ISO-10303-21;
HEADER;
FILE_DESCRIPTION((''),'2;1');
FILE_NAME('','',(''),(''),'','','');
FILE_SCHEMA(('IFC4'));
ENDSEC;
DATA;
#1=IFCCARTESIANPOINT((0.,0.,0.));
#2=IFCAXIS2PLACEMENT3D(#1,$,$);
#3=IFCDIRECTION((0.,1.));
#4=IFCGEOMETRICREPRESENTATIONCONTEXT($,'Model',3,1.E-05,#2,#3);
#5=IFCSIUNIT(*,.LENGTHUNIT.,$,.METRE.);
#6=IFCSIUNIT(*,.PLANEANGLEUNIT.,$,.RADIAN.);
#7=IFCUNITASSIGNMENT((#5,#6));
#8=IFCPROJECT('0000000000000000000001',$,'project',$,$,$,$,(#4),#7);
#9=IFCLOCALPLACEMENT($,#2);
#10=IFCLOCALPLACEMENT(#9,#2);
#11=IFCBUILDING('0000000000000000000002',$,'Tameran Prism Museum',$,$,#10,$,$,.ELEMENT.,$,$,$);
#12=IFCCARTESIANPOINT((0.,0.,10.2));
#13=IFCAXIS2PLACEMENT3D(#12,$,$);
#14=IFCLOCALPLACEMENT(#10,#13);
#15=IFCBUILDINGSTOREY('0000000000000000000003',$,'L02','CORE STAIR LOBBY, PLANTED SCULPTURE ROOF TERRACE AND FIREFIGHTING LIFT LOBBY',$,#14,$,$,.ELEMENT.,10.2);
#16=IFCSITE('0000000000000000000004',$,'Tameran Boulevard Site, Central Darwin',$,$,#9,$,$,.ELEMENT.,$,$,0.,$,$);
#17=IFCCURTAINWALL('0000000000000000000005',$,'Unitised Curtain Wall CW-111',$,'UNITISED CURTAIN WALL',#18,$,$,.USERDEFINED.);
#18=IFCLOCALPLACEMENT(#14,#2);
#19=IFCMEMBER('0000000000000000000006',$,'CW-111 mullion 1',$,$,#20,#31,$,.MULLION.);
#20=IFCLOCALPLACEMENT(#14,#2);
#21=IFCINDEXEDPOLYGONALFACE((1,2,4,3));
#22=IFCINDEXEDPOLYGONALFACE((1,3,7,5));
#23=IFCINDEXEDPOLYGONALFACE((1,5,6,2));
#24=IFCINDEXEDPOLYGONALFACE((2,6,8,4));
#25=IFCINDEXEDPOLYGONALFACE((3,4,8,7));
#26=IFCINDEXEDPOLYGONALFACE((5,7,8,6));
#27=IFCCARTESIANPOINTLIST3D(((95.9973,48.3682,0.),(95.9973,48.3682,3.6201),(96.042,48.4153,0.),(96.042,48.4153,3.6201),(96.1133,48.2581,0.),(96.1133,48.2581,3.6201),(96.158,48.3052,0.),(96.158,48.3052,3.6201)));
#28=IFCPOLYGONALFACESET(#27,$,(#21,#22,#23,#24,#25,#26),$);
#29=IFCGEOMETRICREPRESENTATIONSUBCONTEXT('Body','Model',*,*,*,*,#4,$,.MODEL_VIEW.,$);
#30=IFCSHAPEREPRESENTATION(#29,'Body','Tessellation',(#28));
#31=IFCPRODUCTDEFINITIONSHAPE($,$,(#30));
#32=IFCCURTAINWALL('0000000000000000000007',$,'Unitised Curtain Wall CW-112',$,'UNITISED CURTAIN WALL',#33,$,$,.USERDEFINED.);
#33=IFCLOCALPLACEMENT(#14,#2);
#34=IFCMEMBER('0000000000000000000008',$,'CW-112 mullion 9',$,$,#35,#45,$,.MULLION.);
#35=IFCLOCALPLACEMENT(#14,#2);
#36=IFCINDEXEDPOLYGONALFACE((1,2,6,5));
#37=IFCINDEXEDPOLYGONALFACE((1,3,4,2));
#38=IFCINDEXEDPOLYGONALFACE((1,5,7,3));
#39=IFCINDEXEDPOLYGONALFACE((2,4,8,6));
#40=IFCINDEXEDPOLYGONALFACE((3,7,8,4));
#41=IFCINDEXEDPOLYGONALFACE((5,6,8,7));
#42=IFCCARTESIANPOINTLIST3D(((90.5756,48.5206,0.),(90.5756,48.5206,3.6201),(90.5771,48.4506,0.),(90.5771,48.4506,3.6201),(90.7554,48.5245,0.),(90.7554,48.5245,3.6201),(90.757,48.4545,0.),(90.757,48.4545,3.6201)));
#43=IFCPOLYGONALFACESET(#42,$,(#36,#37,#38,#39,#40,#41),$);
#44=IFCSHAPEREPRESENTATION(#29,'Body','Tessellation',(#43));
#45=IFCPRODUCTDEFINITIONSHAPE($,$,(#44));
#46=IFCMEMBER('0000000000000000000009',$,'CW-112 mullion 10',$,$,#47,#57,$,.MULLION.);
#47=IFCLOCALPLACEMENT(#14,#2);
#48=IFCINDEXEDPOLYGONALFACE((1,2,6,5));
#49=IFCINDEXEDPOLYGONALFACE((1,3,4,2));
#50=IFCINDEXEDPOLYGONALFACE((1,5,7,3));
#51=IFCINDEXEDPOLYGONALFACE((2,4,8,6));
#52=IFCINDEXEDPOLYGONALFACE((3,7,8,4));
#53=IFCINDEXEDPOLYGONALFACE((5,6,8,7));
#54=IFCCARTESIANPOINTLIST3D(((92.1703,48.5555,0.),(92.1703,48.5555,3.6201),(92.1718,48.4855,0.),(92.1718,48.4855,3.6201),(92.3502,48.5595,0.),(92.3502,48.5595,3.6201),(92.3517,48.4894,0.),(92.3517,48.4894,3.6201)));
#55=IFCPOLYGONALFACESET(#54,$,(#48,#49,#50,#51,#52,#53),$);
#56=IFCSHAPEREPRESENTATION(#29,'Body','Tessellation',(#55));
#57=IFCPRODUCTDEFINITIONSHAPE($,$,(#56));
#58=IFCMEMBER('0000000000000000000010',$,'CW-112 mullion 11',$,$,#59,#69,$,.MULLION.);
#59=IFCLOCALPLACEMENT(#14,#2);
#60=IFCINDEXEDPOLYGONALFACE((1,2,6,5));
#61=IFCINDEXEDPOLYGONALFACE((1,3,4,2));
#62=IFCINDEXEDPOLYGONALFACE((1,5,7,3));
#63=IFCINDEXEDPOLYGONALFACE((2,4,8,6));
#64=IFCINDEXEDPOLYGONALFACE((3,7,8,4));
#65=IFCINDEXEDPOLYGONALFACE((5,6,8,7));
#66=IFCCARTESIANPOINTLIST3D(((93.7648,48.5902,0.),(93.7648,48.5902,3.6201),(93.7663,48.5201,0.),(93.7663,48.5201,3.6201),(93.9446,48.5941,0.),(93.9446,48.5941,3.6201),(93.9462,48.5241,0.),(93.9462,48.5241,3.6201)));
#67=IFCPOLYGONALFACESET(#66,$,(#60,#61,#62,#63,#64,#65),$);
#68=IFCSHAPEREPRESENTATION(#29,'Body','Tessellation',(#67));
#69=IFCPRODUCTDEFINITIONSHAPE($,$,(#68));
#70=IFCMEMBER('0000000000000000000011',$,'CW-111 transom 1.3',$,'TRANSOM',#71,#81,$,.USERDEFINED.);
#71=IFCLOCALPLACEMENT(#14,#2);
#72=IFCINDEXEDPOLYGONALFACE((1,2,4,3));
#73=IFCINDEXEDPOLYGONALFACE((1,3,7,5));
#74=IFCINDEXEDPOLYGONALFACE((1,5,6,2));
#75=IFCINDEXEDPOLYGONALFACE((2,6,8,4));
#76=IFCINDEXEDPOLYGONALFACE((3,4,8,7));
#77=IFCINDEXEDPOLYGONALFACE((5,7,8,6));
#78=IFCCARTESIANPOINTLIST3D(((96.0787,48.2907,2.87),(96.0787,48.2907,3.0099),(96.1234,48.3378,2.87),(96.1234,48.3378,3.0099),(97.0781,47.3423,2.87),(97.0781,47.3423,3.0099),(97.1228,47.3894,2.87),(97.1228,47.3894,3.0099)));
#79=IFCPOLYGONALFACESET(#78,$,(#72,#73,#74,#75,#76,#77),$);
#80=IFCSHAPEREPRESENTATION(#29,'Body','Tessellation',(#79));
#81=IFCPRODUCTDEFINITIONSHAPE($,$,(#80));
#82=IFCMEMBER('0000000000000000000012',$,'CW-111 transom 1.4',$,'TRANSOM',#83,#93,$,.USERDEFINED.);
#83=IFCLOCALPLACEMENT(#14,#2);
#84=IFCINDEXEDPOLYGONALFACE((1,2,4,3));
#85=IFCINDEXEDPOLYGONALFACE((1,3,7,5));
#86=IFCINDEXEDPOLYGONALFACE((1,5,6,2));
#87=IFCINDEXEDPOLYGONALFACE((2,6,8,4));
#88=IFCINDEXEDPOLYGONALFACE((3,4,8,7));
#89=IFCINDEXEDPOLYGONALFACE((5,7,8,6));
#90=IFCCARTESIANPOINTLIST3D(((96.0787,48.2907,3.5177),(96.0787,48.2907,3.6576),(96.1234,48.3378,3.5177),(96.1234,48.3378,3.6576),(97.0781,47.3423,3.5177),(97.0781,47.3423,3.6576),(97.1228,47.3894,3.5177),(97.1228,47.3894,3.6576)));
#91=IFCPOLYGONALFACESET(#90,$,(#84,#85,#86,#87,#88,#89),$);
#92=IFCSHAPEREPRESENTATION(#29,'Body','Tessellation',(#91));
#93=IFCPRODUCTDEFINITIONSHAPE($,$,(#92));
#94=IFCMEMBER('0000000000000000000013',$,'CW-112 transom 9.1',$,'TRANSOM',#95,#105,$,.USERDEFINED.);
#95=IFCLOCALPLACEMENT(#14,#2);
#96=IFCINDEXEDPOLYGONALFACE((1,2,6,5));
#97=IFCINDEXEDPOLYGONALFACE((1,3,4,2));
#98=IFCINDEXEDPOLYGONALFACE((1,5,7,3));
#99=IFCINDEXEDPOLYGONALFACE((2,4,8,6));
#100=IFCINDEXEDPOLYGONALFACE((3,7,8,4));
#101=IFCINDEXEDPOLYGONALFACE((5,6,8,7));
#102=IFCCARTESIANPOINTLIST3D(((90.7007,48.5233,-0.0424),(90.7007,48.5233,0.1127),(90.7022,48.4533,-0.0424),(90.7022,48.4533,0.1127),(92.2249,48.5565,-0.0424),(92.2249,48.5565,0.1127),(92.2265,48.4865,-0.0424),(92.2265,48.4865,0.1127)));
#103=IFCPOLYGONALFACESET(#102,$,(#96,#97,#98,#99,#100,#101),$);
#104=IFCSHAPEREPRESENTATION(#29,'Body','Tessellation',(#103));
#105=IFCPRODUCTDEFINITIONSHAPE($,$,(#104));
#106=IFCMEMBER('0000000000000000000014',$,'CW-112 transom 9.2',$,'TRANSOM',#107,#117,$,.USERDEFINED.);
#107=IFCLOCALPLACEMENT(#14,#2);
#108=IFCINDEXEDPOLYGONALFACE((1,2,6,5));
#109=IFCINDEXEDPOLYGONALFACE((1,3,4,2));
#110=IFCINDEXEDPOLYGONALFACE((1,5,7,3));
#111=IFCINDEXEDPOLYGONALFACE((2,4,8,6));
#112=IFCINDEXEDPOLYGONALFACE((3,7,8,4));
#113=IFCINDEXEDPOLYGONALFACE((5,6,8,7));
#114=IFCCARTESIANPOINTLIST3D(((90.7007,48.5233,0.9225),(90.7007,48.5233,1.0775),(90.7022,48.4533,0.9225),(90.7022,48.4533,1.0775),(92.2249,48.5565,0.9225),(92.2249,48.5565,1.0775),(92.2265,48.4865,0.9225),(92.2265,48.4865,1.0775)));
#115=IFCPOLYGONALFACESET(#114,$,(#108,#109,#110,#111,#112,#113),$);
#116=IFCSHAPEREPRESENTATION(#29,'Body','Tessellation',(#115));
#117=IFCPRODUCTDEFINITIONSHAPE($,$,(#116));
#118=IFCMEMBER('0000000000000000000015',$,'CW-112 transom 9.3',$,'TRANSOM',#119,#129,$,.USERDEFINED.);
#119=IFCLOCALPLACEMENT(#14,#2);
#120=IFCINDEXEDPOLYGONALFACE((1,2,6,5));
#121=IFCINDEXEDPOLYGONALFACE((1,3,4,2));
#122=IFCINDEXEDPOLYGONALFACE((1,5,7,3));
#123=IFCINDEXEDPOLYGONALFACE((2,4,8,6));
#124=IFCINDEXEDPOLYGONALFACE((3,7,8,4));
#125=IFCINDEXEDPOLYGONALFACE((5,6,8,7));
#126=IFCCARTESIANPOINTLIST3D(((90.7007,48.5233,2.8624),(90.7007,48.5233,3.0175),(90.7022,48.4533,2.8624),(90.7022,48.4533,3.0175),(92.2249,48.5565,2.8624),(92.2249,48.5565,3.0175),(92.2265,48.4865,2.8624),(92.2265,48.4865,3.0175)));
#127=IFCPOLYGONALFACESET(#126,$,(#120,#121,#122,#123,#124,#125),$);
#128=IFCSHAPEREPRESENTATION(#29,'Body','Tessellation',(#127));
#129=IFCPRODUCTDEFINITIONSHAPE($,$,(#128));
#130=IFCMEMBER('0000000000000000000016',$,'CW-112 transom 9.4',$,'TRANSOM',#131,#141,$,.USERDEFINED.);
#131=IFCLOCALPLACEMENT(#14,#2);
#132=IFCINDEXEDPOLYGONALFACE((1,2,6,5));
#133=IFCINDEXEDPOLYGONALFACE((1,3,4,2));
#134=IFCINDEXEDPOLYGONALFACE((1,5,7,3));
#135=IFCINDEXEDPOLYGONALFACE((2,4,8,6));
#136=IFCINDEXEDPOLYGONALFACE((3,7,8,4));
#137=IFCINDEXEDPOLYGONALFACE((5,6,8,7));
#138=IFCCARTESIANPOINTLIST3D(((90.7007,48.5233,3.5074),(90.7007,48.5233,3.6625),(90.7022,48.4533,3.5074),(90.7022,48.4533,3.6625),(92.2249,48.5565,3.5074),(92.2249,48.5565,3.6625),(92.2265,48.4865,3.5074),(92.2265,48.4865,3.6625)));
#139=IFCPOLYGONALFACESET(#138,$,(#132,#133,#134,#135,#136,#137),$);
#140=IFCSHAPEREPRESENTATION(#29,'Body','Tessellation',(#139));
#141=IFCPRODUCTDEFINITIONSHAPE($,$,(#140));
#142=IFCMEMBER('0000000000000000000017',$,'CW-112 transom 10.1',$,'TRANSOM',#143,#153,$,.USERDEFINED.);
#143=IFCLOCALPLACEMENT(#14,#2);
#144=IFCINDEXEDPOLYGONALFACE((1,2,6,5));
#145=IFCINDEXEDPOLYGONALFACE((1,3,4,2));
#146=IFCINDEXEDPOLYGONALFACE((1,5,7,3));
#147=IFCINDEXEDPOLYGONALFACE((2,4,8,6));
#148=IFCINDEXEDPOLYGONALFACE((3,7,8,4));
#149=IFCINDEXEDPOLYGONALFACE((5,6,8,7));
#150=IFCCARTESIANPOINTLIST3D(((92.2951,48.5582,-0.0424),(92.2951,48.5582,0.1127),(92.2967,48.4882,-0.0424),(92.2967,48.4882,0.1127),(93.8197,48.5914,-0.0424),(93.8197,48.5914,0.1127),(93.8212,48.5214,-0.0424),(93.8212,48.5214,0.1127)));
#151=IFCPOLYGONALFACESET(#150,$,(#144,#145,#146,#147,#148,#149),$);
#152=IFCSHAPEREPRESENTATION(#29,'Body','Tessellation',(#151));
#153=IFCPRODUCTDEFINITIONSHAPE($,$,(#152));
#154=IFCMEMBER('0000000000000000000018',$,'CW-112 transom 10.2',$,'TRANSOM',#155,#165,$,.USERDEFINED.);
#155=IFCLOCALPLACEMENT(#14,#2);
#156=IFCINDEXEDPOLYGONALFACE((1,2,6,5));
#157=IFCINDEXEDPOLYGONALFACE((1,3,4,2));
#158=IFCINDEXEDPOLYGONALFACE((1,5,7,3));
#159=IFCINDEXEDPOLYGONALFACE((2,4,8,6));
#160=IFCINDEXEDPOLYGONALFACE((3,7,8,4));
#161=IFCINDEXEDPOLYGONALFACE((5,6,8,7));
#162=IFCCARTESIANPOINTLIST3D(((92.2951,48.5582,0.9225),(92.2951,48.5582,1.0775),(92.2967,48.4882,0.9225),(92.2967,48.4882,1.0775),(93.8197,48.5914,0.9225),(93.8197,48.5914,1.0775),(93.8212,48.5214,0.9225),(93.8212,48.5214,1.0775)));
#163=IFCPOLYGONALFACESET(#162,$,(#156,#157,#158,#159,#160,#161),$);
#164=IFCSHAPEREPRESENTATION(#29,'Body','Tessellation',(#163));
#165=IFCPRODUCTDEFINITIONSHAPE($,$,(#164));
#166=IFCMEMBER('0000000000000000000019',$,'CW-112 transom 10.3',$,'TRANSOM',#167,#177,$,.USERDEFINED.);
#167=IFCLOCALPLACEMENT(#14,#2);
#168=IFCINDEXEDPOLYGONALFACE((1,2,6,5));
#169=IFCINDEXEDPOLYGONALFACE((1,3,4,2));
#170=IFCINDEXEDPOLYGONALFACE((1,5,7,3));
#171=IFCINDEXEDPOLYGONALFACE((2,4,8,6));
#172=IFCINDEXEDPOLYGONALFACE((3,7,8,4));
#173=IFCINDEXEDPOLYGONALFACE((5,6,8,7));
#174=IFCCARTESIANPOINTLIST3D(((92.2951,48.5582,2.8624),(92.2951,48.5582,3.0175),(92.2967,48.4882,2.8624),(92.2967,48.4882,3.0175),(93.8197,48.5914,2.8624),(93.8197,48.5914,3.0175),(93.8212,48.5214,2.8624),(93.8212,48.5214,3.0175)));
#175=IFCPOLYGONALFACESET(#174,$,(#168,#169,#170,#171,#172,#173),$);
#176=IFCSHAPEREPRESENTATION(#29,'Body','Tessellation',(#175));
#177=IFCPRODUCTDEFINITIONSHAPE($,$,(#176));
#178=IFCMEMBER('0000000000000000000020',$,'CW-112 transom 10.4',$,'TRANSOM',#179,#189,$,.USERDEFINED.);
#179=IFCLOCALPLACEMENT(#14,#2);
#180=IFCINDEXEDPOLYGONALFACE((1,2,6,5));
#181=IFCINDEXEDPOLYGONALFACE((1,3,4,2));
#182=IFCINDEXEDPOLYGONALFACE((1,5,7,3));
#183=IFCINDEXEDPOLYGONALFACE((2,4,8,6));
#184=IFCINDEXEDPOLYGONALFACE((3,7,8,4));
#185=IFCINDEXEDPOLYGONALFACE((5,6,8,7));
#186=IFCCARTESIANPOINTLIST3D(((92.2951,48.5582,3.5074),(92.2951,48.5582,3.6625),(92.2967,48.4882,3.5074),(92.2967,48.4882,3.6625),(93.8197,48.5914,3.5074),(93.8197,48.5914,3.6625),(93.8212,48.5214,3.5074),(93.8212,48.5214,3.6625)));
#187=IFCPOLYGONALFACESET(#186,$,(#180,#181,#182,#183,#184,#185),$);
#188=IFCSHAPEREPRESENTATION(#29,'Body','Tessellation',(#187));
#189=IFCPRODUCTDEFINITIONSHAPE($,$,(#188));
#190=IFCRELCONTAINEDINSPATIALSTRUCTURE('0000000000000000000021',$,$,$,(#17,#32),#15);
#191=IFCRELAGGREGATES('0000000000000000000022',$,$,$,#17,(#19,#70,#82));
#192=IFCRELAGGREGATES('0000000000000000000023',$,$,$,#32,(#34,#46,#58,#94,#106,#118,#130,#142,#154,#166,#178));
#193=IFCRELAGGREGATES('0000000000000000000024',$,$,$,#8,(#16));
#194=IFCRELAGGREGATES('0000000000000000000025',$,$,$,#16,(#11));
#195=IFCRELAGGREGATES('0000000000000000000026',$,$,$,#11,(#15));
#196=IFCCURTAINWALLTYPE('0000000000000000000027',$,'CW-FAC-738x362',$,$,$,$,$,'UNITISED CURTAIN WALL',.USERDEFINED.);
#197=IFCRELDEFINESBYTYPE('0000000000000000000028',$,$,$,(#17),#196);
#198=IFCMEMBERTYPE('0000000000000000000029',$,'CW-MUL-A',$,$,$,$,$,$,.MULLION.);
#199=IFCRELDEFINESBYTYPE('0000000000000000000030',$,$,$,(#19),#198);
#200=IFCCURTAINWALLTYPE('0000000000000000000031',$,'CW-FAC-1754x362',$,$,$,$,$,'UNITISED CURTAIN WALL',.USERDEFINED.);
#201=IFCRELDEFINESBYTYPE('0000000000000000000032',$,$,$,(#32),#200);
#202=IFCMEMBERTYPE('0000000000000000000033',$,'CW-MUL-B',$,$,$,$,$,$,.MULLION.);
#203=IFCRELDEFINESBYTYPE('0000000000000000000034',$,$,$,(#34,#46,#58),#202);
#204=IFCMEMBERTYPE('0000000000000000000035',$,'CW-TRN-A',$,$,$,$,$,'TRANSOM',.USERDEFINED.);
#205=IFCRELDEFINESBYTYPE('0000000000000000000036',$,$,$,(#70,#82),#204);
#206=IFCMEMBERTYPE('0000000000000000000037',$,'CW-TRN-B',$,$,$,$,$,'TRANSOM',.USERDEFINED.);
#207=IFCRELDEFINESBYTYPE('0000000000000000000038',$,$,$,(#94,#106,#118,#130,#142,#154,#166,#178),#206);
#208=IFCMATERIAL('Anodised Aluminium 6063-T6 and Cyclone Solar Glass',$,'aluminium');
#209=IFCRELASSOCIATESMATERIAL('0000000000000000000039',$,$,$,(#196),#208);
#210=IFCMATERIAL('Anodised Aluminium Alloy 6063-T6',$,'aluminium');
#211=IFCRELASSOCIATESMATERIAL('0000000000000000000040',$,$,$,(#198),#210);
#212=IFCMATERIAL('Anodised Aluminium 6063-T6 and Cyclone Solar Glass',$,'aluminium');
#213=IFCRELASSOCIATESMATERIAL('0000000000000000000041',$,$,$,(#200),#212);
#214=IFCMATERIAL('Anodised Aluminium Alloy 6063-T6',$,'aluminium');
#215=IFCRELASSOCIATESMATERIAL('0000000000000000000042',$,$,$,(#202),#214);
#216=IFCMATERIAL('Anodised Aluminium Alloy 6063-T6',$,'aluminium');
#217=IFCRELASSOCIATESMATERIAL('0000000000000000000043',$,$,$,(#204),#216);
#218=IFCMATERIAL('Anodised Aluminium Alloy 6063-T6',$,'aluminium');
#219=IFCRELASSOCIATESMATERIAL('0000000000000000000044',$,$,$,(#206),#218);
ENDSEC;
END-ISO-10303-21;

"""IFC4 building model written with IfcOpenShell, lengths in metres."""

from ifc_helpers import new_model, si_unit, direction, frame, origin, origin_2d, place, context, subcontext, project, spatial, rectangle, extrude, material, material_profile, profile_set, type_object, element, aggregate, save


model = new_model("IFC4")

# Units and contexts
model_context = context("Model", 3, precision=1e-05, world=origin(), true_north=direction((0.0, 1.0)))
body_context = subcontext(model_context, "Body", "Model", "MODEL_VIEW")
ifc_project = project(units=[si_unit("LENGTHUNIT", "METRE"), si_unit("PLANEANGLEUNIT", "RADIAN")], contexts=[model_context])

# Site, building, storey
site_placement = place(None, origin())
site = spatial("IfcSite", under=ifc_project, at=site_placement, Name="Tameran Boulevard Site, Central Darwin", CompositionType="ELEMENT", RefElevation=0.0)
building_placement = place(site_placement, origin())
building = spatial("IfcBuilding", under=site, at=building_placement, Name="Tameran Prism Museum", CompositionType="ELEMENT")
storey_placement = place(building_placement, frame((0.0, 0.0, 10.2)))
storey = spatial("IfcBuildingStorey", under=building, at=storey_placement, Name="L02", Description="CORE STAIR LOBBY, PLANTED SCULPTURE ROOF TERRACE AND FIREFIGHTING LIFT LOBBY", CompositionType="ELEMENT", Elevation=10.2)

# Curtain wall, member
ifc_material_1 = material(Name="Anodised Aluminium 6063-T6 and Cyclone Solar Glass", Category="aluminium")
curtain_wall_type_1 = type_object("IfcCurtainWallType", Name="CW-FAC-738x362", ElementType="UNITISED CURTAIN WALL", PredefinedType="USERDEFINED", material=ifc_material_1)
curtain_wall_1_placement = place(storey_placement, origin())
curtain_wall_1 = element("IfcCurtainWall", 1, at=curtain_wall_1_placement, inside=storey, type_object=curtain_wall_type_1, Name="Unitised Curtain Wall CW-111", ObjectType="UNITISED CURTAIN WALL", PredefinedType="USERDEFINED")
ifc_material_2 = material(Name="Anodised Aluminium Alloy 6063-T6", Category="aluminium")
ifc_material_profile_1 = material_profile(ifc_material_2, rectangle(XDim=0.0649, YDim=0.1599, at=origin_2d()))
ifc_profile_set_1 = profile_set([ifc_material_profile_1])
member_type_1 = type_object("IfcMemberType", Name="CW-MUL-A", PredefinedType="MULLION", material=ifc_profile_set_1)
member_1_placement = place(storey_placement, frame((96.0776, 48.3367, 0.0), z_axis=(0.0, 0.0, 1.0), x_axis=(0.688425, 0.725307, 0.0)))
member_1 = element("IfcMember", 2, at=member_1_placement, type_object=member_type_1, Name="CW-111 mullion 1", PredefinedType="MULLION", context=body_context, shape_type="SweptSolid", body=[
    extrude(rectangle(XDim=0.0649, YDim=0.1599, at=origin_2d()), origin(), (0.0, 0.0, 1.0), 3.6201),
])

# Curtain wall, members
ifc_material_3 = material(Name="Anodised Aluminium 6063-T6 and Cyclone Solar Glass", Category="aluminium")
curtain_wall_type_2 = type_object("IfcCurtainWallType", Name="CW-FAC-1754x362", ElementType="UNITISED CURTAIN WALL", PredefinedType="USERDEFINED", material=ifc_material_3)
curtain_wall_2_placement = place(storey_placement, origin())
curtain_wall_2 = element("IfcCurtainWall", 3, at=curtain_wall_2_placement, inside=storey, type_object=curtain_wall_type_2, Name="Unitised Curtain Wall CW-112", ObjectType="UNITISED CURTAIN WALL", PredefinedType="USERDEFINED")
ifc_material_4 = material(Name="Anodised Aluminium Alloy 6063-T6", Category="aluminium")
ifc_material_profile_2 = material_profile(ifc_material_4, rectangle(XDim=0.0701, YDim=0.1799, at=origin_2d()))
ifc_profile_set_2 = profile_set([ifc_material_profile_2])
member_type_2 = type_object("IfcMemberType", Name="CW-MUL-B", PredefinedType="MULLION", material=ifc_profile_set_2)
member_2_placement = place(storey_placement, frame((90.6663, 48.4875, 0.0), z_axis=(0.0, 0.0, 1.0), x_axis=(-0.021831, 0.999762, 0.0)))
member_2 = element("IfcMember", 4, at=member_2_placement, type_object=member_type_2, Name="CW-112 mullion 9", PredefinedType="MULLION", context=body_context, shape_type="SweptSolid", body=[
    extrude(rectangle(XDim=0.0701, YDim=0.1799, at=origin_2d()), origin(), (0.0, 0.0, 1.0), 3.6201),
])
member_3_placement = place(storey_placement, frame((92.261, 48.5225, 0.0), z_axis=(0.0, 0.0, 1.0), x_axis=(-0.021831, 0.999762, 0.0)))
member_3 = element("IfcMember", 5, at=member_3_placement, type_object=member_type_2, Name="CW-112 mullion 10", PredefinedType="MULLION", context=body_context, shape_type="SweptSolid", body=[
    extrude(rectangle(XDim=0.0701, YDim=0.1799, at=origin_2d()), origin(), (0.0, 0.0, 1.0), 3.6201),
])
member_4_placement = place(storey_placement, frame((93.8555, 48.5571, 0.0), z_axis=(0.0, 0.0, 1.0), x_axis=(-0.021831, 0.999762, 0.0)))
member_4 = element("IfcMember", 6, at=member_4_placement, type_object=member_type_2, Name="CW-112 mullion 11", PredefinedType="MULLION", context=body_context, shape_type="SweptSolid", body=[
    extrude(rectangle(XDim=0.0701, YDim=0.1799, at=origin_2d()), origin(), (0.0, 0.0, 1.0), 3.6201),
])

# Members
ifc_material_5 = material(Name="Anodised Aluminium Alloy 6063-T6", Category="aluminium")
ifc_material_profile_3 = material_profile(ifc_material_5, rectangle(XDim=0.0649, YDim=0.1399, at=origin_2d()))
ifc_profile_set_3 = profile_set([ifc_material_profile_3])
member_type_3 = type_object("IfcMemberType", Name="CW-TRN-A", ElementType="TRANSOM", PredefinedType="USERDEFINED", material=ifc_profile_set_3)
member_5_placement = place(storey_placement, frame((96.1011, 48.3142, 2.9399), z_axis=(0.725384, -0.688344, 0.0), x_axis=(0.688344, 0.725384, 0.0)))
member_5 = element("IfcMember", 7, at=member_5_placement, type_object=member_type_3, Name="CW-111 transom 1.3", ObjectType="TRANSOM", PredefinedType="USERDEFINED", context=body_context, shape_type="SweptSolid", body=[
    extrude(rectangle(XDim=0.0649, YDim=0.1399, at=origin_2d()), origin(), (0.0, 0.0, 1.0), 1.3777),
])
member_6_placement = place(storey_placement, frame((96.1011, 48.3142, 3.5876), z_axis=(0.725384, -0.688344, 0.0), x_axis=(0.688344, 0.725384, 0.0)))
member_6 = element("IfcMember", 8, at=member_6_placement, type_object=member_type_3, Name="CW-111 transom 1.4", ObjectType="TRANSOM", PredefinedType="USERDEFINED", context=body_context, shape_type="SweptSolid", body=[
    extrude(rectangle(XDim=0.0649, YDim=0.1399, at=origin_2d()), origin(), (0.0, 0.0, 1.0), 1.3777),
])
aggregate(curtain_wall_1, [member_1, member_5, member_6])
ifc_material_6 = material(Name="Anodised Aluminium Alloy 6063-T6", Category="aluminium")
ifc_material_profile_4 = material_profile(ifc_material_6, rectangle(XDim=0.0701, YDim=0.155, at=origin_2d()))
ifc_profile_set_4 = profile_set([ifc_material_profile_4])
member_type_4 = type_object("IfcMemberType", Name="CW-TRN-B", ElementType="TRANSOM", PredefinedType="USERDEFINED", material=ifc_profile_set_4)
member_7_placement = place(storey_placement, frame((90.7014, 48.4883, 0.0352), z_axis=(0.999763, 0.021776, 0.0), x_axis=(-0.021776, 0.999763, 0.0)))
member_7 = element("IfcMember", 9, at=member_7_placement, type_object=member_type_4, Name="CW-112 transom 9.1", ObjectType="TRANSOM", PredefinedType="USERDEFINED", context=body_context, shape_type="SweptSolid", body=[
    extrude(rectangle(XDim=0.0701, YDim=0.155, at=origin_2d()), origin(), (0.0, 0.0, 1.0), 1.5247),
])
member_8_placement = place(storey_placement, frame((90.7014, 48.4883, 1.0), z_axis=(0.999763, 0.021776, 0.0), x_axis=(-0.021776, 0.999763, 0.0)))
member_8 = element("IfcMember", 10, at=member_8_placement, type_object=member_type_4, Name="CW-112 transom 9.2", ObjectType="TRANSOM", PredefinedType="USERDEFINED", context=body_context, shape_type="SweptSolid", body=[
    extrude(rectangle(XDim=0.0701, YDim=0.155, at=origin_2d()), origin(), (0.0, 0.0, 1.0), 1.5247),
])
member_9_placement = place(storey_placement, frame((90.7014, 48.4883, 2.9399), z_axis=(0.999763, 0.021776, 0.0), x_axis=(-0.021776, 0.999763, 0.0)))
member_9 = element("IfcMember", 11, at=member_9_placement, type_object=member_type_4, Name="CW-112 transom 9.3", ObjectType="TRANSOM", PredefinedType="USERDEFINED", context=body_context, shape_type="SweptSolid", body=[
    extrude(rectangle(XDim=0.0701, YDim=0.155, at=origin_2d()), origin(), (0.0, 0.0, 1.0), 1.5247),
])
member_10_placement = place(storey_placement, frame((90.7014, 48.4883, 3.585), z_axis=(0.999763, 0.021776, 0.0), x_axis=(-0.021776, 0.999763, 0.0)))
member_10 = element("IfcMember", 12, at=member_10_placement, type_object=member_type_4, Name="CW-112 transom 9.4", ObjectType="TRANSOM", PredefinedType="USERDEFINED", context=body_context, shape_type="SweptSolid", body=[
    extrude(rectangle(XDim=0.0701, YDim=0.155, at=origin_2d()), origin(), (0.0, 0.0, 1.0), 1.5247),
])
member_11_placement = place(storey_placement, frame((92.2959, 48.5232, 0.0352), z_axis=(0.999763, 0.021772, 0.0), x_axis=(-0.021772, 0.999763, 0.0)))
member_11 = element("IfcMember", 13, at=member_11_placement, type_object=member_type_4, Name="CW-112 transom 10.1", ObjectType="TRANSOM", PredefinedType="USERDEFINED", context=body_context, shape_type="SweptSolid", body=[
    extrude(rectangle(XDim=0.0701, YDim=0.155, at=origin_2d()), origin(), (0.0, 0.0, 1.0), 1.5249),
])
member_12_placement = place(storey_placement, frame((92.2959, 48.5232, 1.0), z_axis=(0.999763, 0.021772, 0.0), x_axis=(-0.021772, 0.999763, 0.0)))
member_12 = element("IfcMember", 14, at=member_12_placement, type_object=member_type_4, Name="CW-112 transom 10.2", ObjectType="TRANSOM", PredefinedType="USERDEFINED", context=body_context, shape_type="SweptSolid", body=[
    extrude(rectangle(XDim=0.0701, YDim=0.155, at=origin_2d()), origin(), (0.0, 0.0, 1.0), 1.5249),
])
member_13_placement = place(storey_placement, frame((92.2959, 48.5232, 2.9399), z_axis=(0.999763, 0.021772, 0.0), x_axis=(-0.021772, 0.999763, 0.0)))
member_13 = element("IfcMember", 15, at=member_13_placement, type_object=member_type_4, Name="CW-112 transom 10.3", ObjectType="TRANSOM", PredefinedType="USERDEFINED", context=body_context, shape_type="SweptSolid", body=[
    extrude(rectangle(XDim=0.0701, YDim=0.155, at=origin_2d()), origin(), (0.0, 0.0, 1.0), 1.5249),
])
member_14_placement = place(storey_placement, frame((92.2959, 48.5232, 3.585), z_axis=(0.999763, 0.021772, 0.0), x_axis=(-0.021772, 0.999763, 0.0)))
member_14 = element("IfcMember", 16, at=member_14_placement, type_object=member_type_4, Name="CW-112 transom 10.4", ObjectType="TRANSOM", PredefinedType="USERDEFINED", context=body_context, shape_type="SweptSolid", body=[
    extrude(rectangle(XDim=0.0701, YDim=0.155, at=origin_2d()), origin(), (0.0, 0.0, 1.0), 1.5249),
])

aggregate(curtain_wall_2, [member_2, member_3, member_4, member_7, member_8, member_9, member_10, member_11, member_12, member_13, member_14])

save(model, "model.ifc")
